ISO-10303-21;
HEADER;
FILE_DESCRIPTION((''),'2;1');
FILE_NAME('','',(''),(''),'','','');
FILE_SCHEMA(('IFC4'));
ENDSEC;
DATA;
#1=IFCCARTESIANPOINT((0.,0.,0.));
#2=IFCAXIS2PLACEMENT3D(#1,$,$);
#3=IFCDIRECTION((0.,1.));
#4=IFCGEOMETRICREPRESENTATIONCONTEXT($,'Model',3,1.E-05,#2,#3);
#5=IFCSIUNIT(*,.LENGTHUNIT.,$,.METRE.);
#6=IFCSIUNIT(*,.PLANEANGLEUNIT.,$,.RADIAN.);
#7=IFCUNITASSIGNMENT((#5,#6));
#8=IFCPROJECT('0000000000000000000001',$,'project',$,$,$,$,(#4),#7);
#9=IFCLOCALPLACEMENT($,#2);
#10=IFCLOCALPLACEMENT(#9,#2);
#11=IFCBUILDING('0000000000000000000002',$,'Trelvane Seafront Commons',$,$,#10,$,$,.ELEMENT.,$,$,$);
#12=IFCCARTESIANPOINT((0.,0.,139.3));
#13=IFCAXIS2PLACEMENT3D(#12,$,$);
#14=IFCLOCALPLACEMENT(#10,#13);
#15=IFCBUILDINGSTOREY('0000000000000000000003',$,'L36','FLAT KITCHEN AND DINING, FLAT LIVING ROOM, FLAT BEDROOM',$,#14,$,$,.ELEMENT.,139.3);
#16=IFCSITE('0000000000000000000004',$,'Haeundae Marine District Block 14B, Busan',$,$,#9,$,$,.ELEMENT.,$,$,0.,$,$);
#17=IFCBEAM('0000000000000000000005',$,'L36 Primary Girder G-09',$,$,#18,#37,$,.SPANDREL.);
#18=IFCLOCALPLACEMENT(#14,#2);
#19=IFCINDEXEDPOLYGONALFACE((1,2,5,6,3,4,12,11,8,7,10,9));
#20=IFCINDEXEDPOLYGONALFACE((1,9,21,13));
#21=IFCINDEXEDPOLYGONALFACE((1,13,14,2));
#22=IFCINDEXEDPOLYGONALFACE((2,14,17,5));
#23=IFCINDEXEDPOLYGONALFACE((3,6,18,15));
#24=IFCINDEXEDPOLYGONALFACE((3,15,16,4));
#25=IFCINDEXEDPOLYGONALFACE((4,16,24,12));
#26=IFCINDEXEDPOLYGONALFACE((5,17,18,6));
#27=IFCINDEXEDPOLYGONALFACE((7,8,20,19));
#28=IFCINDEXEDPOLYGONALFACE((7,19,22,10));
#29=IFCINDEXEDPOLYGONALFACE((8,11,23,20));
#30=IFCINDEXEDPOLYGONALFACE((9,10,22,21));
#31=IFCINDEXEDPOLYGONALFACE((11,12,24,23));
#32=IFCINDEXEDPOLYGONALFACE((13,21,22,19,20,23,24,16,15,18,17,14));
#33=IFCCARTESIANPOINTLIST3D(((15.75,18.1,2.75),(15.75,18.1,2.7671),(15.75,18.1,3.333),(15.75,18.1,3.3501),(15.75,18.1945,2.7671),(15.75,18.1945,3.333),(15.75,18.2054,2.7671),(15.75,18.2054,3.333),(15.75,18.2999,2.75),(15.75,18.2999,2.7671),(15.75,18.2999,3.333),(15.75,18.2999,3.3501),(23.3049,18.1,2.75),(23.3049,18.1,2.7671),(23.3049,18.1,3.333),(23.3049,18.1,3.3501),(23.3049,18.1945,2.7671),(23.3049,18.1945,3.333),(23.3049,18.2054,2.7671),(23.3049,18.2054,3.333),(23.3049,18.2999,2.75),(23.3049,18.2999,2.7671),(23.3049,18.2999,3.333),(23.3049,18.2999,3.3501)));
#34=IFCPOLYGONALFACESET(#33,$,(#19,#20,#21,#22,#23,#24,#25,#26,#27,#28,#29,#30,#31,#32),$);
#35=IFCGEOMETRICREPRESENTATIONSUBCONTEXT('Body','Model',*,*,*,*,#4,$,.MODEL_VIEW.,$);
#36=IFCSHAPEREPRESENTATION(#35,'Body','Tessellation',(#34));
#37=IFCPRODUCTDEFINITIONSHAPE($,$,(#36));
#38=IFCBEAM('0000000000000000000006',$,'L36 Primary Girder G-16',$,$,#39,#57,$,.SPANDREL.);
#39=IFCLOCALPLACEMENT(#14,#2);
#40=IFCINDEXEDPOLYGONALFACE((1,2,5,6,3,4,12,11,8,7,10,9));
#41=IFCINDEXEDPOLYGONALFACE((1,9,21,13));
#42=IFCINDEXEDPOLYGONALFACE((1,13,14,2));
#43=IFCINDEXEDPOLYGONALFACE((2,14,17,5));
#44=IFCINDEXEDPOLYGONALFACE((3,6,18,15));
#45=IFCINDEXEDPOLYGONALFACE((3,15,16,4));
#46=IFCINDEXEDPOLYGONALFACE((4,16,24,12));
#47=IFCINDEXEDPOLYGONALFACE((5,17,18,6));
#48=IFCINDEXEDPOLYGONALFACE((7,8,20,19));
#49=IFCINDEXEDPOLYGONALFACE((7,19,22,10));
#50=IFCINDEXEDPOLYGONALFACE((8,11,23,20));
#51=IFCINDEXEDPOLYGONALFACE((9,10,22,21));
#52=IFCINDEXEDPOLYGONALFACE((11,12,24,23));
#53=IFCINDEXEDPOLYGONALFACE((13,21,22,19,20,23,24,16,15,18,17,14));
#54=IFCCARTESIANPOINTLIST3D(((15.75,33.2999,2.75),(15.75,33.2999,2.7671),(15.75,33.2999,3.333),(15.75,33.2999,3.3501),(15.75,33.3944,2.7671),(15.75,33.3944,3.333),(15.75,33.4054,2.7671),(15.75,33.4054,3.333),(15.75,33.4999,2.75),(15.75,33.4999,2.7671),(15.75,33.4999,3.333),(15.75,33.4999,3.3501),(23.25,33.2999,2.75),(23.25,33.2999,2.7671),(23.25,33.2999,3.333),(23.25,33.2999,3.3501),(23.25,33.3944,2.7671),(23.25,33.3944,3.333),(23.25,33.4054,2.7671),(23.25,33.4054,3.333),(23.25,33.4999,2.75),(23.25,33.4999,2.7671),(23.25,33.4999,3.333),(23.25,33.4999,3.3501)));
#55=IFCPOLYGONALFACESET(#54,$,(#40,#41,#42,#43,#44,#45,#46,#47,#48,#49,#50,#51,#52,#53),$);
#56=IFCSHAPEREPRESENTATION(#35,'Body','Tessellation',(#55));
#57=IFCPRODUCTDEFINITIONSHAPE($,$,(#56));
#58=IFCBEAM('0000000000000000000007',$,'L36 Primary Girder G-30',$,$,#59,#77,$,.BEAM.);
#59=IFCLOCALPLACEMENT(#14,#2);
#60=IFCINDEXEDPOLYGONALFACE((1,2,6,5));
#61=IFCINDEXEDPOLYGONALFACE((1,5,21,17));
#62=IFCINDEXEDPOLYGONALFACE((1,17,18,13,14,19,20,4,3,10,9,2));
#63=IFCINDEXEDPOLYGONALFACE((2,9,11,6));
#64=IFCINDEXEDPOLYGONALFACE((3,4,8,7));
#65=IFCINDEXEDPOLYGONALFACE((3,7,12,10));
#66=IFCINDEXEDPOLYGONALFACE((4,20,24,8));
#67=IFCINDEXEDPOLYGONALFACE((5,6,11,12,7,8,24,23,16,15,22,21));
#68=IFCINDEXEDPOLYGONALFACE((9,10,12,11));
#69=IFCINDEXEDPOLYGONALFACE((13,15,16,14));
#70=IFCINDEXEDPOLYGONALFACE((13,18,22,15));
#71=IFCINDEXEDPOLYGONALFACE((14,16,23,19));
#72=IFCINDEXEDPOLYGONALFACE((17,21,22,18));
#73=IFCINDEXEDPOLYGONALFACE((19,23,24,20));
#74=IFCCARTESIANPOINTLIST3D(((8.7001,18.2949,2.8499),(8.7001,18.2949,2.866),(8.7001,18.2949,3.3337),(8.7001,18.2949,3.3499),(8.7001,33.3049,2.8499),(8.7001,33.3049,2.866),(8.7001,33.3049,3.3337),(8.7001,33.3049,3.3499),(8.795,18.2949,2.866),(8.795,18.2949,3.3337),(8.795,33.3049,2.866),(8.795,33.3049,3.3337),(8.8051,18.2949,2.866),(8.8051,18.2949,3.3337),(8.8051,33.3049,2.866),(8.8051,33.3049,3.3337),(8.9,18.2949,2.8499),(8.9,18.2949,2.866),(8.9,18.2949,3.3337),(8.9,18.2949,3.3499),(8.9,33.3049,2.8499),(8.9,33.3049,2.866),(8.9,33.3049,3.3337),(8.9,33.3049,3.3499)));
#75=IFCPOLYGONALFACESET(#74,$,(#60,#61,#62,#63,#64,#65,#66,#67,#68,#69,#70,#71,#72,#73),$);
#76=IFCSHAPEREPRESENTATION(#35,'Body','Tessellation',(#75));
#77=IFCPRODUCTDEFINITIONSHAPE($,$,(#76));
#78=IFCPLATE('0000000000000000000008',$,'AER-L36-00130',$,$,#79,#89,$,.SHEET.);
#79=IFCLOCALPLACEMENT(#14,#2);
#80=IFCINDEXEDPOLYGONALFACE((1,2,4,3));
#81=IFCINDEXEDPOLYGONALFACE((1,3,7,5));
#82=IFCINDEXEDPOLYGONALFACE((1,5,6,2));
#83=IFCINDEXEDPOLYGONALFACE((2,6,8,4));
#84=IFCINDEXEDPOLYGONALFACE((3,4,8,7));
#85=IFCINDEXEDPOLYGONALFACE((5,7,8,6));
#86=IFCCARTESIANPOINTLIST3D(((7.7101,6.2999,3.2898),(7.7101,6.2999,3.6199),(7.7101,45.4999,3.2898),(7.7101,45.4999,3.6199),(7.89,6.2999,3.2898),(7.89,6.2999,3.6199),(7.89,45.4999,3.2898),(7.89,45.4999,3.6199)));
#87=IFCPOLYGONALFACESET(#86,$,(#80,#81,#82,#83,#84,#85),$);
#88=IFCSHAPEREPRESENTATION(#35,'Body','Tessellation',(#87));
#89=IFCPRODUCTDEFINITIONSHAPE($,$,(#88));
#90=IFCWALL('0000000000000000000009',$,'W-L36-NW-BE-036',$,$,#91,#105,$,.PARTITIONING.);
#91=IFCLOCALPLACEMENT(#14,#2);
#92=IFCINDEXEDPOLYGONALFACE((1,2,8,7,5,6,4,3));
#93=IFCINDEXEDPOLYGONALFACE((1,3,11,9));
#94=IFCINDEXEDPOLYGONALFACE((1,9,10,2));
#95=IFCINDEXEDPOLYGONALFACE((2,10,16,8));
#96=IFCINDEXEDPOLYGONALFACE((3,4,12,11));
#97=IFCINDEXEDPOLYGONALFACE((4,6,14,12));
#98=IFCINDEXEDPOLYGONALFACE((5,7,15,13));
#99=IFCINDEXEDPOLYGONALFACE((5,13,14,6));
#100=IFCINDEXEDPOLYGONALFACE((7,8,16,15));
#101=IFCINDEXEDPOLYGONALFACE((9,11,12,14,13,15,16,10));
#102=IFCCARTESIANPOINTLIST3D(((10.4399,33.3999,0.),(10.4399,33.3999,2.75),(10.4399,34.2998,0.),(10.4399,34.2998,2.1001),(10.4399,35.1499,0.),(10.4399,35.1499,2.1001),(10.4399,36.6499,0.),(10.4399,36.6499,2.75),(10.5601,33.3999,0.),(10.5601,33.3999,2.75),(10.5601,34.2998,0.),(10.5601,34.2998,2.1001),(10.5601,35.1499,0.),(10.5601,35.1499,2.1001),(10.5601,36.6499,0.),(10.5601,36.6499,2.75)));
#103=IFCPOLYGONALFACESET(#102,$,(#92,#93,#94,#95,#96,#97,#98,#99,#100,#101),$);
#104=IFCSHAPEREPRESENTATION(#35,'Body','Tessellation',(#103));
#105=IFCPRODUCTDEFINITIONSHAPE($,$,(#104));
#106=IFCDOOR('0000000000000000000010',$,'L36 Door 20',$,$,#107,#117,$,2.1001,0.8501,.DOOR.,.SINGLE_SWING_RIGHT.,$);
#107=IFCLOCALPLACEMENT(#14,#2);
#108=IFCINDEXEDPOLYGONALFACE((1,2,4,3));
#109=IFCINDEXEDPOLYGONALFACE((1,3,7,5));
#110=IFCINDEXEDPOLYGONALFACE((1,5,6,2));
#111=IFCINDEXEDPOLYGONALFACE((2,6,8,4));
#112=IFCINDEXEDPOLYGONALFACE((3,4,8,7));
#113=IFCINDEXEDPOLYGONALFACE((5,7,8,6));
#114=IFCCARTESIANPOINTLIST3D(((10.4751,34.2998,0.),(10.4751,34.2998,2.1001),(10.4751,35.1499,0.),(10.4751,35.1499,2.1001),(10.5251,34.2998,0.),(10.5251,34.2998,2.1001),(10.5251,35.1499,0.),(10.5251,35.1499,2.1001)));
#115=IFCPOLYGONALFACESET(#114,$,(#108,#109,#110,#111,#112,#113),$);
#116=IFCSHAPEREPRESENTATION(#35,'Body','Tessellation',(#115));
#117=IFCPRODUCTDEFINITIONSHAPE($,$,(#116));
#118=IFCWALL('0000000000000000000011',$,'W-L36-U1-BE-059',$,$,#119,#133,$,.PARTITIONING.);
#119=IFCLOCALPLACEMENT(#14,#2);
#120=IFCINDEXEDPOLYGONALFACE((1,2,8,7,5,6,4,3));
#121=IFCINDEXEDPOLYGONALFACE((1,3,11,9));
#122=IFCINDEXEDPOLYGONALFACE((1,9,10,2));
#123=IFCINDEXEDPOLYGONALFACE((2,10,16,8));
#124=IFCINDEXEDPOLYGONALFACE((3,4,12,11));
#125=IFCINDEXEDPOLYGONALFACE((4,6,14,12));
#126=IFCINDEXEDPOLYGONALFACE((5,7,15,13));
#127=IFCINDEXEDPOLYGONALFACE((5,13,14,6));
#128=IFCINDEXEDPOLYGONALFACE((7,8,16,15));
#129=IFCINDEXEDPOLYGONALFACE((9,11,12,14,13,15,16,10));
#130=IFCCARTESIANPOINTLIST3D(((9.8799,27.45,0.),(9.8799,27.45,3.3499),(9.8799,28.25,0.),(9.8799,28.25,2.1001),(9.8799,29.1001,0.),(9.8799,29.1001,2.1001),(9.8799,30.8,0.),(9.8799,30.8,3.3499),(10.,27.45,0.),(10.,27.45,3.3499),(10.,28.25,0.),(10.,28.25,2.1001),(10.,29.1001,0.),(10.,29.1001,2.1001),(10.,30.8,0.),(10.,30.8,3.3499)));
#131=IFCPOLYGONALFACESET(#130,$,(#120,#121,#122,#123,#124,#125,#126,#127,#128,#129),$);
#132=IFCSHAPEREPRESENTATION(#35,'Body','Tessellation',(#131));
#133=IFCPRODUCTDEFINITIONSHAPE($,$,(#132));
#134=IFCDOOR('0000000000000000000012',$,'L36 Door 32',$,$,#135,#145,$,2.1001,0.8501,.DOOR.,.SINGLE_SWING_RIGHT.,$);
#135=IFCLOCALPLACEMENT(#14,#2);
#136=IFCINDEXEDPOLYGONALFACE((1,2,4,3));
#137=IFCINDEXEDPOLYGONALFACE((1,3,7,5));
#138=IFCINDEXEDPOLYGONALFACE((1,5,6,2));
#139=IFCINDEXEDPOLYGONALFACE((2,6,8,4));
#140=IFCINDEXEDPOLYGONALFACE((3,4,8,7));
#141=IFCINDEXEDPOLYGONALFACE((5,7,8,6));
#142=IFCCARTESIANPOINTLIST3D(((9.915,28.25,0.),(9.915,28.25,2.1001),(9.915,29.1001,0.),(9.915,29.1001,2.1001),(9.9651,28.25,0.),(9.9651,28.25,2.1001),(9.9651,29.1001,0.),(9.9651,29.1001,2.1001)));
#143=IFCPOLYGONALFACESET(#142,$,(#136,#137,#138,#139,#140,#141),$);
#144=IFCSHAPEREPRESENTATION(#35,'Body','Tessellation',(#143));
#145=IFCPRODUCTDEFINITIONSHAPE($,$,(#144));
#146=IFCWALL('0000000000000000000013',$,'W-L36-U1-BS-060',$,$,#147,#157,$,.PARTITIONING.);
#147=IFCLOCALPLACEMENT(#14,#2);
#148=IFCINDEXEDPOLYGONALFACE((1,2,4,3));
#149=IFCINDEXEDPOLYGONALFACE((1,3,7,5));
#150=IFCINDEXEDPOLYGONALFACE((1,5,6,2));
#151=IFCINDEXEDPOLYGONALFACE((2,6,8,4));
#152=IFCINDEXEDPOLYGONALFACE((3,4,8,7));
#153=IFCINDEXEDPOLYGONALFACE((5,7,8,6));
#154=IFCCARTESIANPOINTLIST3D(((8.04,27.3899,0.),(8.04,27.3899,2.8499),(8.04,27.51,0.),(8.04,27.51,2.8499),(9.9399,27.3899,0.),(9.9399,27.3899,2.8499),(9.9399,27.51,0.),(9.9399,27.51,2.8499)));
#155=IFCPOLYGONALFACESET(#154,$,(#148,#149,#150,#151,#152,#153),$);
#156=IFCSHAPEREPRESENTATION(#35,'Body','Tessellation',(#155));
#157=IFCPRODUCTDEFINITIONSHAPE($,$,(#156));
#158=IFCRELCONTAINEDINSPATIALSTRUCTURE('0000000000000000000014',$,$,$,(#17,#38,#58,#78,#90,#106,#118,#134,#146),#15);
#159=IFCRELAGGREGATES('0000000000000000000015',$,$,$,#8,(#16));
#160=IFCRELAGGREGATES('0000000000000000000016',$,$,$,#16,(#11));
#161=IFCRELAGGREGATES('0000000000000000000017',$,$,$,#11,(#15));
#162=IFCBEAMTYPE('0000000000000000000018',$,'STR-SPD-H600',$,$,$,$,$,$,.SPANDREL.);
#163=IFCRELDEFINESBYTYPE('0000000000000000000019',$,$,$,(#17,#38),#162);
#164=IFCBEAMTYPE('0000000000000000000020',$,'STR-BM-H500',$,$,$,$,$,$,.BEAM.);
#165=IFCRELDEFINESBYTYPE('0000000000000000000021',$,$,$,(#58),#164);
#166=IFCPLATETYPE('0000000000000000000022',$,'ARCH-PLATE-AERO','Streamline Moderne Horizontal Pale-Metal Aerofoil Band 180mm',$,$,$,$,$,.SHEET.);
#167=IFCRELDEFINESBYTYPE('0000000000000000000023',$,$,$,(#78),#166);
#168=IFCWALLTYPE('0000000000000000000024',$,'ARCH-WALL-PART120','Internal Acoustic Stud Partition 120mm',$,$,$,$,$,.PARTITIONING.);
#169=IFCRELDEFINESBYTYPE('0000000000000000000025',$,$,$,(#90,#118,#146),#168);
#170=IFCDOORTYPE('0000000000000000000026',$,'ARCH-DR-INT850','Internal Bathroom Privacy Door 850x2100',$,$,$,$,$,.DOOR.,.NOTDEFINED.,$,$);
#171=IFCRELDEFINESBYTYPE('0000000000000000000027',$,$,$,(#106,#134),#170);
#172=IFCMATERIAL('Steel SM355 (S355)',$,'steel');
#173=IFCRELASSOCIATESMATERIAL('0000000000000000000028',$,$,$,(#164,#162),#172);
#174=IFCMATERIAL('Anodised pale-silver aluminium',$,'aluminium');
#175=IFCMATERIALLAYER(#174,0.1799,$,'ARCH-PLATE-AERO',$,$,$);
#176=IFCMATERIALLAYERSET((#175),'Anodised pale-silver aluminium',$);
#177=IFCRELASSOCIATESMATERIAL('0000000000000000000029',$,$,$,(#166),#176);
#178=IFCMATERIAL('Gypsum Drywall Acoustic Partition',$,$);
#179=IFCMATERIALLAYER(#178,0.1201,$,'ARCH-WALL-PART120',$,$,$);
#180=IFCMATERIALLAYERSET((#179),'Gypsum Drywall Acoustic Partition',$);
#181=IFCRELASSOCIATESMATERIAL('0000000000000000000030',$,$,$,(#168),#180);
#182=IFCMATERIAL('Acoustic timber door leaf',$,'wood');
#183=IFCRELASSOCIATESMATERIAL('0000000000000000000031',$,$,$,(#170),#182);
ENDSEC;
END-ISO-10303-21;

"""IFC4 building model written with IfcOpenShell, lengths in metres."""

from ifc_helpers import new_model, si_unit, direction, frame, frame_2d, origin, origin_2d, place, context, subcontext, project, spatial, rectangle, i_section, extrude, source, transform, mapped, material, layer, layer_set, material_profile, profile_set, type_object, element, fill, save


model = new_model("IFC4")

# Units and contexts
model_context = context("Model", 3, precision=1e-05, world=origin(), true_north=direction((0.0, 1.0)))
body_context = subcontext(model_context, "Body", "Model", "MODEL_VIEW")
ifc_project = project(units=[si_unit("LENGTHUNIT", "METRE"), si_unit("PLANEANGLEUNIT", "RADIAN")], contexts=[model_context])

# Site, building, storey
site_placement = place(None, origin())
site = spatial("IfcSite", under=ifc_project, at=site_placement, Name="Haeundae Marine District Block 14B, Busan", CompositionType="ELEMENT", RefElevation=0.0)
building_placement = place(site_placement, origin())
building = spatial("IfcBuilding", under=site, at=building_placement, Name="Trelvane Seafront Commons", CompositionType="ELEMENT")
storey_placement = place(building_placement, frame((0.0, 0.0, 139.3)))
storey = spatial("IfcBuildingStorey", under=building, at=storey_placement, Name="L36", Description="FLAT KITCHEN AND DINING, FLAT LIVING ROOM, FLAT BEDROOM", CompositionType="ELEMENT", Elevation=139.3)

# Shared definitions
ifc_material_1 = material(Name="Steel SM355 (S355)", Category="steel")

# Beams
ifc_material_profile_1 = material_profile(ifc_material_1, i_section(OverallWidth=0.2, OverallDepth=0.5, WebThickness=0.01, FlangeThickness=0.0161, at=origin_2d()), Name="H-500x200x10x16")
ifc_profile_set_1 = profile_set([ifc_material_profile_1], Name="Steel SM355 (S355)")
beam_type_1 = type_object("IfcBeamType", Name="STR-BM-H500", PredefinedType="BEAM", material=ifc_profile_set_1)
ifc_material_profile_2 = material_profile(ifc_material_1, i_section(OverallWidth=0.2, OverallDepth=0.6001, WebThickness=0.011, FlangeThickness=0.0171, at=origin_2d()), Name="H-600x200x11x17")
ifc_profile_set_2 = profile_set([ifc_material_profile_2], Name="Steel SM355 (S355)")
beam_type_2 = type_object("IfcBeamType", Name="STR-SPD-H600", PredefinedType="SPANDREL", material=ifc_profile_set_2)
shared_shape_1 = source(origin(), body_context, "Body", "SweptSolid", [
    extrude(i_section(OverallWidth=0.2, OverallDepth=0.6001, WebThickness=0.011, FlangeThickness=0.0171, at=origin_2d()), origin(), (0.0, 0.0, 1.0), 7.5549),
])
beam_1_placement = place(storey_placement, frame((15.75, 18.2, 3.05), z_axis=(1.0, 0.0, 0.0), x_axis=(0.0, 1.0, 0.0)))
element("IfcBeam", 1, at=beam_1_placement, inside=storey, type_object=beam_type_2, Name="L36 Primary Girder G-09", PredefinedType="SPANDREL", context=body_context, shape_type="MappedRepresentation", body=[
    mapped(shared_shape_1, transform((0.0, 0.0, 0.0), x_axis=(1.0, 0.0, 0.0), y_axis=(0.0, 1.0, 0.0), z_axis=(0.0, 0.0, 1.0), scale=1.0)),
])
shared_shape_2 = source(origin(), body_context, "Body", "SweptSolid", [
    extrude(i_section(OverallWidth=0.2, OverallDepth=0.6001, WebThickness=0.011, FlangeThickness=0.0171, at=origin_2d()), origin(), (0.0, 0.0, 1.0), 7.5),
])
beam_2_placement = place(storey_placement, frame((15.75, 33.3999, 3.05), z_axis=(1.0, 0.0, 0.0), x_axis=(0.0, 1.0, 0.0)))
element("IfcBeam", 2, at=beam_2_placement, inside=storey, type_object=beam_type_2, Name="L36 Primary Girder G-16", PredefinedType="SPANDREL", context=body_context, shape_type="MappedRepresentation", body=[
    mapped(shared_shape_2, transform((0.0, 0.0, 0.0), x_axis=(1.0, 0.0, 0.0), y_axis=(0.0, 1.0, 0.0), z_axis=(0.0, 0.0, 1.0), scale=1.0)),
])
shared_shape_3 = source(origin(), body_context, "Body", "SweptSolid", [
    extrude(i_section(OverallWidth=0.2, OverallDepth=0.5, WebThickness=0.01, FlangeThickness=0.0161, at=origin_2d()), origin(), (0.0, 0.0, 1.0), 15.01),
])
beam_3_placement = place(storey_placement, frame((8.8, 18.2949, 3.0999), z_axis=(0.0, 1.0, 0.0), x_axis=(-1.0, 0.0, 0.0)))
element("IfcBeam", 3, at=beam_3_placement, inside=storey, type_object=beam_type_1, Name="L36 Primary Girder G-30", PredefinedType="BEAM", context=body_context, shape_type="MappedRepresentation", body=[
    mapped(shared_shape_3, transform((0.0, 0.0, 0.0), x_axis=(1.0, 0.0, 0.0), y_axis=(0.0, 1.0, 0.0), z_axis=(0.0, 0.0, 1.0), scale=1.0)),
])

# Plate
ifc_material_2 = material(Name="Anodised pale-silver aluminium", Category="aluminium")
ifc_layer_1 = layer(ifc_material_2, 0.1799, Name="ARCH-PLATE-AERO")
ifc_layer_set_1 = layer_set([ifc_layer_1], Name="Anodised pale-silver aluminium")
plate_type = type_object("IfcPlateType", Name="ARCH-PLATE-AERO", Description="Streamline Moderne Horizontal Pale-Metal Aerofoil Band 180mm", PredefinedType="SHEET", material=ifc_layer_set_1)
shared_shape_4 = source(origin(), body_context, "Body", "SweptSolid", [
    extrude(rectangle(XDim=39.2, YDim=0.1799, at=origin_2d()), origin(), (0.0, 0.0, 1.0), 0.3301),
])
plate_placement = place(storey_placement, frame((7.8, 25.8999, 3.2898), z_axis=(0.0, 0.0, 1.0), x_axis=(0.0, 1.0, 0.0)))
element("IfcPlate", 4, at=plate_placement, inside=storey, type_object=plate_type, Name="AER-L36-00130", PredefinedType="SHEET", context=body_context, shape_type="MappedRepresentation", body=[
    mapped(shared_shape_4, transform((0.0, 0.0, 0.0), x_axis=(1.0, 0.0, 0.0), y_axis=(0.0, 1.0, 0.0), z_axis=(0.0, 0.0, 1.0), scale=1.0)),
])

# Walls, openings, doors
ifc_material_3 = material(Name="Gypsum Drywall Acoustic Partition")
ifc_layer_2 = layer(ifc_material_3, 0.1201, Name="ARCH-WALL-PART120")
ifc_layer_set_2 = layer_set([ifc_layer_2], Name="Gypsum Drywall Acoustic Partition")
wall_type_1 = type_object("IfcWallType", Name="ARCH-WALL-PART120", Description="Internal Acoustic Stud Partition 120mm", PredefinedType="PARTITIONING", material=ifc_layer_set_2)
wall_1_placement = place(storey_placement, frame((10.5, 33.3999, 0.0), z_axis=(0.0, 0.0, 1.0), x_axis=(0.0, 1.0, 0.0)))
wall_1 = element("IfcWall", 5, at=wall_1_placement, inside=storey, type_object=wall_type_1, Name="W-L36-NW-BE-036", PredefinedType="PARTITIONING", context=body_context, shape_type="SweptSolid", body=[
    extrude(rectangle(XDim=3.25, YDim=0.1201, at=frame_2d((1.625, 0.0))), origin(), (0.0, 0.0, 1.0), 2.75),
])
opening_1_placement = place(wall_1_placement, frame((0.8999, 0.0, 0.0)))
opening_1 = element("IfcOpeningElement", 6, at=opening_1_placement, cuts=wall_1, PredefinedType="OPENING", context=body_context, shape_type="SweptSolid", body=[
    extrude(rectangle(XDim=0.8501, YDim=2.1001, at=frame_2d((0.425, 1.05))), frame((0.0, 0.0701, 0.0), z_axis=(0.0, -1.0, 0.0), x_axis=(1.0, 0.0, 0.0)), (0.0, 0.0, 1.0), 0.1401),
])
ifc_material_4 = material(Name="Acoustic timber door leaf", Category="wood")
door_type_1 = type_object("IfcDoorType", Name="ARCH-DR-INT850", Description="Internal Bathroom Privacy Door 850x2100", OperationType="NOTDEFINED", PredefinedType="DOOR", material=ifc_material_4)
shared_shape_5 = source(origin(), body_context, "Body", "SweptSolid", [
    extrude(rectangle(XDim=0.8501, YDim=2.1001, at=frame_2d((0.425, 1.05))), frame((0.0, 0.0249, 0.0), z_axis=(0.0, -1.0, 0.0), x_axis=(1.0, 0.0, 0.0)), (0.0, 0.0, 1.0), 0.05),
])
door_1_placement = place(opening_1_placement, origin())
door_1 = element("IfcDoor", 7, at=door_1_placement, inside=storey, type_object=door_type_1, Name="L36 Door 20", OperationType="SINGLE_SWING_RIGHT", OverallHeight=2.1001, OverallWidth=0.8501, PredefinedType="DOOR", context=body_context, shape_type="MappedRepresentation", body=[
    mapped(shared_shape_5, transform((0.0, 0.0, 0.0), x_axis=(1.0, 0.0, 0.0), y_axis=(0.0, 1.0, 0.0), z_axis=(0.0, 0.0, 1.0), scale=1.0)),
])
fill(opening_1, door_1)
wall_2_placement = place(storey_placement, frame((9.9399, 27.45, 0.0), z_axis=(0.0, 0.0, 1.0), x_axis=(0.0, 1.0, 0.0)))
wall_2 = element("IfcWall", 8, at=wall_2_placement, inside=storey, type_object=wall_type_1, Name="W-L36-U1-BE-059", PredefinedType="PARTITIONING", context=body_context, shape_type="SweptSolid", body=[
    extrude(rectangle(XDim=3.3501, YDim=0.1201, at=frame_2d((1.675, 0.0))), origin(), (0.0, 0.0, 1.0), 3.3499),
])
opening_2_placement = place(wall_2_placement, frame((0.8, 0.0, 0.0)))
opening_2 = element("IfcOpeningElement", 9, at=opening_2_placement, cuts=wall_2, PredefinedType="OPENING", context=body_context, shape_type="SweptSolid", body=[
    extrude(rectangle(XDim=0.8501, YDim=2.1001, at=frame_2d((0.425, 1.05))), frame((0.0, 0.0701, 0.0), z_axis=(0.0, -1.0, 0.0), x_axis=(1.0, 0.0, 0.0)), (0.0, 0.0, 1.0), 0.1401),
])
door_2_placement = place(opening_2_placement, origin())
door_2 = element("IfcDoor", 10, at=door_2_placement, inside=storey, type_object=door_type_1, Name="L36 Door 32", OperationType="SINGLE_SWING_RIGHT", OverallHeight=2.1001, OverallWidth=0.8501, PredefinedType="DOOR", context=body_context, shape_type="MappedRepresentation", body=[
    mapped(shared_shape_5, transform((0.0, 0.0, 0.0), x_axis=(1.0, 0.0, 0.0), y_axis=(0.0, 1.0, 0.0), z_axis=(0.0, 0.0, 1.0), scale=1.0)),
])
fill(opening_2, door_2)

# Wall
wall_3_placement = place(storey_placement, frame((8.04, 27.45, 0.0), z_axis=(0.0, 0.0, 1.0), x_axis=(1.0, 0.0, 0.0)))
element("IfcWall", 11, at=wall_3_placement, inside=storey, type_object=wall_type_1, Name="W-L36-U1-BS-060", PredefinedType="PARTITIONING", context=body_context, shape_type="SweptSolid", body=[
    extrude(rectangle(XDim=1.8999, YDim=0.1201, at=frame_2d((0.95, 0.0))), origin(), (0.0, 0.0, 1.0), 2.8499),
])

save(model, "model.ifc")
